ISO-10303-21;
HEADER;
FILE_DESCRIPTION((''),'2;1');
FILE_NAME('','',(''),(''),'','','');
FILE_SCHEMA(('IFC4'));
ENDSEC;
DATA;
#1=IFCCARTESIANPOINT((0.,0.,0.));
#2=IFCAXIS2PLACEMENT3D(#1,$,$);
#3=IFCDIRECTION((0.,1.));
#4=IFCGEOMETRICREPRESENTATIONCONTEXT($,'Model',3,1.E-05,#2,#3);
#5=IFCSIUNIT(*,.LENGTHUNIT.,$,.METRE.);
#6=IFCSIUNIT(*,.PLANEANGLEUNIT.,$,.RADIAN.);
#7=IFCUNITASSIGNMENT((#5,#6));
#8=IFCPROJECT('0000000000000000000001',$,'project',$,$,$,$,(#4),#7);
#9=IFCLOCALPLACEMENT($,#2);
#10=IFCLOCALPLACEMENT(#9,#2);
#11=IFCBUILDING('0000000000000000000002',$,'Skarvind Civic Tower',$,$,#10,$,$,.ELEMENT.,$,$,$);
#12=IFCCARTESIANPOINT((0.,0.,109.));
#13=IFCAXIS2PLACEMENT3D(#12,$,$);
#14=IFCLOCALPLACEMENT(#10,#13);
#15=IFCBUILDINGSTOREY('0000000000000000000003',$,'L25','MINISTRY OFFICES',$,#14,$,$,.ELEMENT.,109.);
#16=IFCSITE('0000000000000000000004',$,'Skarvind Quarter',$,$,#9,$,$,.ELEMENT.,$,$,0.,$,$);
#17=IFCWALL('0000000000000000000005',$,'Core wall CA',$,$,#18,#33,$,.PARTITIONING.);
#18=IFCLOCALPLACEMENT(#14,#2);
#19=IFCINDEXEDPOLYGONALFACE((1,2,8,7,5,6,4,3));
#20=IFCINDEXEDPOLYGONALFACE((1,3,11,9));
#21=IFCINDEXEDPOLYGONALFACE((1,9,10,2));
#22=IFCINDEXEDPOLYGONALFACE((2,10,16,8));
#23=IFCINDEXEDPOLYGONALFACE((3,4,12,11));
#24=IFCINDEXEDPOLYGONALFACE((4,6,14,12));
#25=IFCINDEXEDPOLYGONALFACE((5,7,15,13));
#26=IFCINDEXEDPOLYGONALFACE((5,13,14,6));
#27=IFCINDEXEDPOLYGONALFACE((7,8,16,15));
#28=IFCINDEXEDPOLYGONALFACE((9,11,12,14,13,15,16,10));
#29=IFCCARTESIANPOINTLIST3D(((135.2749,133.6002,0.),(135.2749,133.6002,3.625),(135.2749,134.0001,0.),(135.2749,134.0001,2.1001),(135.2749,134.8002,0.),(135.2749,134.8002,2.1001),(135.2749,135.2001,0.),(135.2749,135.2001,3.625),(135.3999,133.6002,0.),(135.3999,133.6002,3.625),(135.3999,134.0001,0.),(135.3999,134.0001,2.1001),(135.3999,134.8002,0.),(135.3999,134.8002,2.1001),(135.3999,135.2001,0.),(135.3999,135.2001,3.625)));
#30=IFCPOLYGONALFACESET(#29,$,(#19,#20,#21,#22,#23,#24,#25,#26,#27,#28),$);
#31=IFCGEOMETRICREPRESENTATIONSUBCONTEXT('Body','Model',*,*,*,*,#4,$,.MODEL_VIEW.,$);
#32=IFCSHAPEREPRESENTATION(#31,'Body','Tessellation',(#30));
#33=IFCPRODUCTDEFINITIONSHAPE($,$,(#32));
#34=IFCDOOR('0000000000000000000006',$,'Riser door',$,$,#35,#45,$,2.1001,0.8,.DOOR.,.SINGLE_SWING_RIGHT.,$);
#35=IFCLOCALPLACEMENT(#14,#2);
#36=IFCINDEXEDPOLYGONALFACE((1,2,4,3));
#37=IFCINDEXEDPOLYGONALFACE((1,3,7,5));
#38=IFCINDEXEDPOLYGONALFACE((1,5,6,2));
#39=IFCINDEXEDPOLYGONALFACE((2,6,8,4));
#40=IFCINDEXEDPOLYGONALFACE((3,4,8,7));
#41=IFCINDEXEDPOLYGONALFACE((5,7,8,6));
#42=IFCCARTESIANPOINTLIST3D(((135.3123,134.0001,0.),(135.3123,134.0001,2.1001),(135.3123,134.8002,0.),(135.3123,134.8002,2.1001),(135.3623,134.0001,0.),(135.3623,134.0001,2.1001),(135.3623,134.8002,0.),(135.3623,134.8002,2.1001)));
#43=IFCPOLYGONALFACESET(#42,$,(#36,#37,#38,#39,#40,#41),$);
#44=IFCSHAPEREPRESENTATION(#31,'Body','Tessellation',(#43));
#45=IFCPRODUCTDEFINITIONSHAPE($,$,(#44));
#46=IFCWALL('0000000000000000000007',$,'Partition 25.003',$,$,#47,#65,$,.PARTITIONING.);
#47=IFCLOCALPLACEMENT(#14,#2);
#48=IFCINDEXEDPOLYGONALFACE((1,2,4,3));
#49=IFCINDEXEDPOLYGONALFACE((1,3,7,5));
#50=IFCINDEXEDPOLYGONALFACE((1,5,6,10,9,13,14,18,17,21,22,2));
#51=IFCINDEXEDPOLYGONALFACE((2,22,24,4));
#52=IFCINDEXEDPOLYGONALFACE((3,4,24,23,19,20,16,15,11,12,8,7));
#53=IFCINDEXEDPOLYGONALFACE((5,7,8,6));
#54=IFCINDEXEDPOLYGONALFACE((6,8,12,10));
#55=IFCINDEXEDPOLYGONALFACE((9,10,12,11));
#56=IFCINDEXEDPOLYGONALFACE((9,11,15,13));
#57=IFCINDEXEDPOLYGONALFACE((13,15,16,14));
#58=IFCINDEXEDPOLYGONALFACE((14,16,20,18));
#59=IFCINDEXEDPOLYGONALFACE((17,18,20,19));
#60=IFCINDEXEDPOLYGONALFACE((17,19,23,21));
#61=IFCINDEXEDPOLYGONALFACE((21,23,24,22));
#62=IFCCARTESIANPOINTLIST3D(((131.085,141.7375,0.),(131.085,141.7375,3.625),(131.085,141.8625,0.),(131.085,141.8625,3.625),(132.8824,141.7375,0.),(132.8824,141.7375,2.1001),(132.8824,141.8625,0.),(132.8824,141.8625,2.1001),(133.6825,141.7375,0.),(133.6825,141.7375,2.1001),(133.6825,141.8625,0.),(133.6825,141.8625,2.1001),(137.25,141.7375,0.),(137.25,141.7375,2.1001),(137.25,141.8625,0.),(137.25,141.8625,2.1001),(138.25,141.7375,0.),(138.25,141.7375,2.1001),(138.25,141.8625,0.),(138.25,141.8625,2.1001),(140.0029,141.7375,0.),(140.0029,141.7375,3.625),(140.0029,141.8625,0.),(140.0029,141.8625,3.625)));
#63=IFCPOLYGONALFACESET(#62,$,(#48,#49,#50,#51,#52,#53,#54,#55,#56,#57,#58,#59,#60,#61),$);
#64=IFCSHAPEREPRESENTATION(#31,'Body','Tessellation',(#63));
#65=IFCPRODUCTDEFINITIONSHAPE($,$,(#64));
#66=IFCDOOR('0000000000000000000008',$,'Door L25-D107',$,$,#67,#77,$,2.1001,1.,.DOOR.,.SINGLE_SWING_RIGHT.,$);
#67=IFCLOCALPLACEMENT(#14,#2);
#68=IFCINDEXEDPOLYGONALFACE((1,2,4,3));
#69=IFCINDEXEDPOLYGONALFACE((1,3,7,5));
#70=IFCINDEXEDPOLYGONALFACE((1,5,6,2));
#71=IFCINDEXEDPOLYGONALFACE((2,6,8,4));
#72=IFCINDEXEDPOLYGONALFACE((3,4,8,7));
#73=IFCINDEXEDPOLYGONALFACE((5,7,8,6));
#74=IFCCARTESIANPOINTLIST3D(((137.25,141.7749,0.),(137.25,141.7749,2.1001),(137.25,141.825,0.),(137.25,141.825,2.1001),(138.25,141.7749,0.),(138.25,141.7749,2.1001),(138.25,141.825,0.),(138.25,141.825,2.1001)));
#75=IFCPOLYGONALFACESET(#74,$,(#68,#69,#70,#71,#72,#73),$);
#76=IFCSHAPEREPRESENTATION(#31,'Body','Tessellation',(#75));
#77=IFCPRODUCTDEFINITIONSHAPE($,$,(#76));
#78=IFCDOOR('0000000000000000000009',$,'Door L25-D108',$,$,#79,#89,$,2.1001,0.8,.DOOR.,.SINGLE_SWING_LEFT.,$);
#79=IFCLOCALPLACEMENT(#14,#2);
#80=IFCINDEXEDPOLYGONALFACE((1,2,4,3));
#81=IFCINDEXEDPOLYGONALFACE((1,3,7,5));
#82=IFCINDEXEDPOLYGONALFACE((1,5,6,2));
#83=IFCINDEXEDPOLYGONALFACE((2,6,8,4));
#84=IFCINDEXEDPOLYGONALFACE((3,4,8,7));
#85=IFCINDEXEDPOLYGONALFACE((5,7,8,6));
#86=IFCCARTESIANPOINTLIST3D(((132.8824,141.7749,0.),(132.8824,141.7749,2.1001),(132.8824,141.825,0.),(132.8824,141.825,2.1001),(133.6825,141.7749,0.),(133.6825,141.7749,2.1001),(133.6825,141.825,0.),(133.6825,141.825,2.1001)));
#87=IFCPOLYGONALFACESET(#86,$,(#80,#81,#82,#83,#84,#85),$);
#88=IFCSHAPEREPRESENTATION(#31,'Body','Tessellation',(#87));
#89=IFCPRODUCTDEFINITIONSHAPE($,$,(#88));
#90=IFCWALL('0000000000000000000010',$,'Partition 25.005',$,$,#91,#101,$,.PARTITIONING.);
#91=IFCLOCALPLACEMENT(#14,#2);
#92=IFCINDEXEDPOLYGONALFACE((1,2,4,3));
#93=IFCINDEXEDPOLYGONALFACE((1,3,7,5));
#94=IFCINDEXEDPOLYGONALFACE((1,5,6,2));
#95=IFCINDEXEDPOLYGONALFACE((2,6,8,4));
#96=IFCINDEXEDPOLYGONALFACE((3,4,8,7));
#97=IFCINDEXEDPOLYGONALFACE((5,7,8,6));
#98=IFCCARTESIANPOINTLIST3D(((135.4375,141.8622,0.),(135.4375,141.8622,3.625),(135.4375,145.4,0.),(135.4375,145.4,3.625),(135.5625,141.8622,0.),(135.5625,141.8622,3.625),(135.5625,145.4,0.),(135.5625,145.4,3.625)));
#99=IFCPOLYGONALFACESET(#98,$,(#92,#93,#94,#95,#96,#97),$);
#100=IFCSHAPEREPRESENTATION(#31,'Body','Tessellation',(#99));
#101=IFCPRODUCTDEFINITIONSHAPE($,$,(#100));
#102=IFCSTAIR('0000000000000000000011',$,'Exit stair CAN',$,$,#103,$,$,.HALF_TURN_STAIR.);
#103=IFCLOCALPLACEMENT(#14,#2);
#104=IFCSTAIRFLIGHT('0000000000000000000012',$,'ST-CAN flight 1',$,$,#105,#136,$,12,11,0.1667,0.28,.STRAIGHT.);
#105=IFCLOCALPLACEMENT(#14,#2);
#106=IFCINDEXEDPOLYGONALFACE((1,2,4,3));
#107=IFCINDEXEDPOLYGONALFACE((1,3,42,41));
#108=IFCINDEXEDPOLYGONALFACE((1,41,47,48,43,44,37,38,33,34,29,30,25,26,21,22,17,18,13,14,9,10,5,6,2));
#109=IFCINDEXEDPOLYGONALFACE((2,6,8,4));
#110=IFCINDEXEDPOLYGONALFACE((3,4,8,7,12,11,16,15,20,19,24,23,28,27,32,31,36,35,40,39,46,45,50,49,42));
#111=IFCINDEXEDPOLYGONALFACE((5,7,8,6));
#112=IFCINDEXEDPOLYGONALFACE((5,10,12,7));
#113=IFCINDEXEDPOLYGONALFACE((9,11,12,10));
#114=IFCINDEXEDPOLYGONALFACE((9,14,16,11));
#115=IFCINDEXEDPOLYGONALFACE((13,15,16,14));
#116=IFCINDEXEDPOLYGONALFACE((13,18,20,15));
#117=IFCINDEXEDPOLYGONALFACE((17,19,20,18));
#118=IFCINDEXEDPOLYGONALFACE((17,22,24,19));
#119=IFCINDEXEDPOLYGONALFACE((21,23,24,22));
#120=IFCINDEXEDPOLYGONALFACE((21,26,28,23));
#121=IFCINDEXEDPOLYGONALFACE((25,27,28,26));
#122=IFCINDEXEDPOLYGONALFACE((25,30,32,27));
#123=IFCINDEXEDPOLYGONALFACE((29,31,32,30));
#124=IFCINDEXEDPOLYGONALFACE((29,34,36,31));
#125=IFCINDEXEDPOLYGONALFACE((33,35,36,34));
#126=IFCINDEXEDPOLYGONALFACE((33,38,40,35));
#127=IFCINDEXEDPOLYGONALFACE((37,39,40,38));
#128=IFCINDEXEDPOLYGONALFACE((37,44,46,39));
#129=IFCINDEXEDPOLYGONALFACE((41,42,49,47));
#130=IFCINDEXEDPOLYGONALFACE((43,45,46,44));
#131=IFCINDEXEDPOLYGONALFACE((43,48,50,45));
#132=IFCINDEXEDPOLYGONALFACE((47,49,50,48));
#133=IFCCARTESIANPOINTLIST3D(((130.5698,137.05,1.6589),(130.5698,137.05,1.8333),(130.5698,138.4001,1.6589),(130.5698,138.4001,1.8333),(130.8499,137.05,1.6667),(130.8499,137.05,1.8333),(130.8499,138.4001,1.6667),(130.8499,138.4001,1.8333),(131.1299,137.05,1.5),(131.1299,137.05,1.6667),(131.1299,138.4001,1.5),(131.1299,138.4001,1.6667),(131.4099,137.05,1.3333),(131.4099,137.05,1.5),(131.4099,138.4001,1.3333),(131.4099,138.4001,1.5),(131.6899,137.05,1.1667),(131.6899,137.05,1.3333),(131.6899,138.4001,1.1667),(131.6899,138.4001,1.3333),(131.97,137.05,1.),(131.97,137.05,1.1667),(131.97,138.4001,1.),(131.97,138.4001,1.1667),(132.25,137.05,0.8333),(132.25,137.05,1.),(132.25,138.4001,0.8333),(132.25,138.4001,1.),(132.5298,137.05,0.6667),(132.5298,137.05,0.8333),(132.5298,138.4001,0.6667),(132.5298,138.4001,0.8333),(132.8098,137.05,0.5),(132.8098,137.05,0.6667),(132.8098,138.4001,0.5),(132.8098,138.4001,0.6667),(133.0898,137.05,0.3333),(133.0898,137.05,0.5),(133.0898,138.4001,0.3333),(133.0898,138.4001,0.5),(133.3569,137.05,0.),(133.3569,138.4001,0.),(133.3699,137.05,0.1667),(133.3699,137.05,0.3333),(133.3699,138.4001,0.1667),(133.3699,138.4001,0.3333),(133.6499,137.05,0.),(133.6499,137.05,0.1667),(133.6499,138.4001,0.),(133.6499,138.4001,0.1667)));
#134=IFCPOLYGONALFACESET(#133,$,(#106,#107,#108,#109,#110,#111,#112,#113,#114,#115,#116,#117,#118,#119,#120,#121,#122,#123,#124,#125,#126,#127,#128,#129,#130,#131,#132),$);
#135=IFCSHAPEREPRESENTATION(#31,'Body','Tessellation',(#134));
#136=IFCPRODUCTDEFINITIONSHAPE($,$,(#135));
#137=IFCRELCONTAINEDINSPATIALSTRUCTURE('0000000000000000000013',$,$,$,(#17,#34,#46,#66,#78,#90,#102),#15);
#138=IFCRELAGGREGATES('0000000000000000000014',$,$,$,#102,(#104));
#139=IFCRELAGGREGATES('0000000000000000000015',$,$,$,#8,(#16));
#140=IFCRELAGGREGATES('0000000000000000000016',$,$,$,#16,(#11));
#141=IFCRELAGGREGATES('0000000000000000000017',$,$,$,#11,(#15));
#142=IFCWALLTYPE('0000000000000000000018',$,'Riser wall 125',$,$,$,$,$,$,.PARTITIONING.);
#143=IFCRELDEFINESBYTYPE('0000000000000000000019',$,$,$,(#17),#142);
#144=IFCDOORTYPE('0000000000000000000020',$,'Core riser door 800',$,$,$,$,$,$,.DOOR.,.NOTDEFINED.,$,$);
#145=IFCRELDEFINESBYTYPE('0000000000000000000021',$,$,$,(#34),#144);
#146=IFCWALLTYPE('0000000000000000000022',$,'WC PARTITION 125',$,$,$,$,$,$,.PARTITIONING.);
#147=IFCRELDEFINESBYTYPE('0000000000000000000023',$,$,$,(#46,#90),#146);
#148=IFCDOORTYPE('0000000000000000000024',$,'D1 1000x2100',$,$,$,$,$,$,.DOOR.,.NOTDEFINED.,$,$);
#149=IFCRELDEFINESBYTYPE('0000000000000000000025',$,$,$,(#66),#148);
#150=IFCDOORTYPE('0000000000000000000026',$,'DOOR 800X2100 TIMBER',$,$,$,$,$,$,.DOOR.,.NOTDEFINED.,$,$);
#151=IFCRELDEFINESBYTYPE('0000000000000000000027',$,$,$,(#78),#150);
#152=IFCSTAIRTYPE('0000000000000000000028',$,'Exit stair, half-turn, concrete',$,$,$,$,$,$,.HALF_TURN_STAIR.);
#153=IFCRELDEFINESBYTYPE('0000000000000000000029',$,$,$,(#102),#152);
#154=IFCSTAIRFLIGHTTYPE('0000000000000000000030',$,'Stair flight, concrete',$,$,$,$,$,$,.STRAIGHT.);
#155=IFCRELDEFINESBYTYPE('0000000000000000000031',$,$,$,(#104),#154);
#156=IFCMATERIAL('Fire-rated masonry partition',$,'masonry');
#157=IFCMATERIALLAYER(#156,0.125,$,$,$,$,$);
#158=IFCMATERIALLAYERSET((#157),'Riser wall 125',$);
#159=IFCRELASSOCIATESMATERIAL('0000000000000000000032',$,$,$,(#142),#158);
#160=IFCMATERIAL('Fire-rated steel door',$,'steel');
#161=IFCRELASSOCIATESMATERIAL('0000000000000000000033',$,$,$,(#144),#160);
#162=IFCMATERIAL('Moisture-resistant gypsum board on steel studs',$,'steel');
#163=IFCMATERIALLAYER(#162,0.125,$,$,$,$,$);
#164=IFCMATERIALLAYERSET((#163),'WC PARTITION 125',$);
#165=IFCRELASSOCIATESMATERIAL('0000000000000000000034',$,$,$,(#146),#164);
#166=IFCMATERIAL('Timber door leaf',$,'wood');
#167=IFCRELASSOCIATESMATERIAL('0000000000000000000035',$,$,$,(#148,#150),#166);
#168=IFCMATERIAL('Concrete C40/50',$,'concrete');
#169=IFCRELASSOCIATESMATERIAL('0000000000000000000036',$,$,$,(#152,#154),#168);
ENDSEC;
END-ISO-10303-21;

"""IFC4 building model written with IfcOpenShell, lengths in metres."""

from ifc_helpers import new_model, si_unit, direction, frame, frame_2d, origin, place, context, subcontext, project, spatial, polyline, rectangle, outline, extrude, material, layer, layer_set, type_object, element, fill, aggregate, save


model = new_model("IFC4")

# Units and contexts
model_context = context("Model", 3, precision=1e-05, world=origin(), true_north=direction((0.0, 1.0)))
body_context = subcontext(model_context, "Body", "Model", "MODEL_VIEW")
ifc_project = project(units=[si_unit("LENGTHUNIT", "METRE"), si_unit("PLANEANGLEUNIT", "RADIAN")], contexts=[model_context])

# Site, building, storey
site_placement = place(None, origin())
site = spatial("IfcSite", under=ifc_project, at=site_placement, Name="Skarvind Quarter", CompositionType="ELEMENT", RefElevation=0.0)
building_placement = place(site_placement, origin())
building = spatial("IfcBuilding", under=site, at=building_placement, Name="Skarvind Civic Tower", CompositionType="ELEMENT")
storey_placement = place(building_placement, frame((0.0, 0.0, 109.0)))
storey = spatial("IfcBuildingStorey", under=building, at=storey_placement, Name="L25", Description="MINISTRY OFFICES", CompositionType="ELEMENT", Elevation=109.0)

# Shared definitions
ifc_material_1 = material(Name="Timber door leaf", Category="wood")
ifc_material_2 = material(Name="Fire-rated masonry partition", Category="masonry")
ifc_material_3 = material(Name="Fire-rated steel door", Category="steel")

# Wall, opening, door
ifc_layer_1 = layer(ifc_material_2, 0.125)
ifc_layer_set_1 = layer_set([ifc_layer_1], Name="Riser wall 125")
wall_type_1 = type_object("IfcWallType", Name="Riser wall 125", PredefinedType="PARTITIONING", material=ifc_layer_set_1)
wall_1_placement = place(storey_placement, frame((135.3374, 135.2, 0.0), z_axis=(0.0, 0.0, 1.0), x_axis=(0.0, -1.0, 0.0)))
wall_1 = element("IfcWall", 1, at=wall_1_placement, inside=storey, type_object=wall_type_1, Name="Core wall CA", PredefinedType="PARTITIONING", context=body_context, shape_type="SweptSolid", body=[
    extrude(rectangle(XDim=1.5999, YDim=0.125, at=frame_2d((0.7998, 0.0))), origin(), (0.0, 0.0, 1.0), 3.625),
])
opening_1_placement = place(wall_1_placement, frame((0.3999, 0.0, 0.0)))
opening_1 = element("IfcOpeningElement", 2, at=opening_1_placement, cuts=wall_1, PredefinedType="OPENING", context=body_context, shape_type="SweptSolid", body=[
    extrude(rectangle(XDim=0.8, YDim=2.1001, at=frame_2d((0.3999, 1.05))), frame((0.0, 0.0725, 0.0), z_axis=(0.0, -1.0, 0.0), x_axis=(1.0, 0.0, 0.0)), (0.0, 0.0, 1.0), 0.145),
])
door_type_1 = type_object("IfcDoorType", Name="Core riser door 800", OperationType="NOTDEFINED", PredefinedType="DOOR", material=ifc_material_3)
door_1_placement = place(opening_1_placement, origin())
door_1 = element("IfcDoor", 3, at=door_1_placement, inside=storey, type_object=door_type_1, Name="Riser door", OperationType="SINGLE_SWING_RIGHT", OverallHeight=2.1001, OverallWidth=0.8, PredefinedType="DOOR", context=body_context, shape_type="SweptSolid", body=[
    extrude(rectangle(XDim=0.8, YDim=2.1001, at=frame_2d((0.3999, 1.05))), frame((0.0, 0.0249, 0.0), z_axis=(0.0, -1.0, 0.0), x_axis=(1.0, 0.0, 0.0)), (0.0, 0.0, 1.0), 0.05),
])
fill(opening_1, door_1)

# Wall, openings, doors
ifc_material_4 = material(Name="Moisture-resistant gypsum board on steel studs", Category="steel")
ifc_layer_2 = layer(ifc_material_4, 0.125)
ifc_layer_set_2 = layer_set([ifc_layer_2], Name="WC PARTITION 125")
wall_type_2 = type_object("IfcWallType", Name="WC PARTITION 125", PredefinedType="PARTITIONING", material=ifc_layer_set_2)
wall_2_placement = place(storey_placement, frame((131.085, 141.8, 0.0), z_axis=(0.0, 0.0, 1.0), x_axis=(1.0, 0.0, 0.0)))
wall_2 = element("IfcWall", 4, at=wall_2_placement, inside=storey, type_object=wall_type_2, Name="Partition 25.003", PredefinedType="PARTITIONING", context=body_context, shape_type="SweptSolid", body=[
    extrude(rectangle(XDim=8.918, YDim=0.125, at=frame_2d((4.459, 0.0))), origin(), (0.0, 0.0, 1.0), 3.625),
])
opening_2_placement = place(wall_2_placement, frame((6.165, 0.0, 0.0)))
opening_2 = element("IfcOpeningElement", 5, at=opening_2_placement, cuts=wall_2, PredefinedType="OPENING", context=body_context, shape_type="SweptSolid", body=[
    extrude(rectangle(XDim=1.0, YDim=2.1001, at=frame_2d((0.5, 1.05))), frame((0.0, 0.0725, 0.0), z_axis=(0.0, -1.0, 0.0), x_axis=(1.0, 0.0, 0.0)), (0.0, 0.0, 1.0), 0.145),
])
opening_3_placement = place(wall_2_placement, frame((1.7976, 0.0, 0.0)))
opening_3 = element("IfcOpeningElement", 6, at=opening_3_placement, cuts=wall_2, PredefinedType="OPENING", context=body_context, shape_type="SweptSolid", body=[
    extrude(rectangle(XDim=0.8, YDim=2.1001, at=frame_2d((0.3999, 1.05))), frame((0.0, 0.0725, 0.0), z_axis=(0.0, -1.0, 0.0), x_axis=(1.0, 0.0, 0.0)), (0.0, 0.0, 1.0), 0.145),
])
door_type_2 = type_object("IfcDoorType", Name="D1 1000x2100", OperationType="NOTDEFINED", PredefinedType="DOOR", material=ifc_material_1)
door_2_placement = place(opening_2_placement, origin())
door_2 = element("IfcDoor", 7, at=door_2_placement, inside=storey, type_object=door_type_2, Name="Door L25-D107", OperationType="SINGLE_SWING_RIGHT", OverallHeight=2.1001, OverallWidth=1.0, PredefinedType="DOOR", context=body_context, shape_type="SweptSolid", body=[
    extrude(rectangle(XDim=1.0, YDim=2.1001, at=frame_2d((0.5, 1.05))), frame((0.0, 0.0249, 0.0), z_axis=(0.0, -1.0, 0.0), x_axis=(1.0, 0.0, 0.0)), (0.0, 0.0, 1.0), 0.05),
])
fill(opening_2, door_2)
door_type_3 = type_object("IfcDoorType", Name="DOOR 800X2100 TIMBER", OperationType="NOTDEFINED", PredefinedType="DOOR", material=ifc_material_1)
door_3_placement = place(opening_3_placement, origin())
door_3 = element("IfcDoor", 8, at=door_3_placement, inside=storey, type_object=door_type_3, Name="Door L25-D108", OperationType="SINGLE_SWING_LEFT", OverallHeight=2.1001, OverallWidth=0.8, PredefinedType="DOOR", context=body_context, shape_type="SweptSolid", body=[
    extrude(rectangle(XDim=0.8, YDim=2.1001, at=frame_2d((0.3999, 1.05))), frame((0.0, 0.0249, 0.0), z_axis=(0.0, -1.0, 0.0), x_axis=(1.0, 0.0, 0.0)), (0.0, 0.0, 1.0), 0.05),
])
fill(opening_3, door_3)

# Wall
wall_3_placement = place(storey_placement, frame((135.5, 141.8621, 0.0), z_axis=(0.0, 0.0, 1.0), x_axis=(0.0, 1.0, 0.0)))
element("IfcWall", 9, at=wall_3_placement, inside=storey, type_object=wall_type_2, Name="Partition 25.005", PredefinedType="PARTITIONING", context=body_context, shape_type="SweptSolid", body=[
    extrude(rectangle(XDim=3.5378, YDim=0.125, at=frame_2d((1.769, 0.0))), origin(), (0.0, 0.0, 1.0), 3.625),
])

# Stair, stair flight
ifc_material_5 = material(Name="Concrete C40/50", Category="concrete")
stair_type = type_object("IfcStairType", Name="Exit stair, half-turn, concrete", PredefinedType="HALF_TURN_STAIR", material=ifc_material_5)
stair_placement = place(storey_placement, origin())
stair = element("IfcStair", 10, at=stair_placement, inside=storey, type_object=stair_type, Name="Exit stair CAN", PredefinedType="HALF_TURN_STAIR")
stair_flight_type = type_object("IfcStairFlightType", Name="Stair flight, concrete", PredefinedType="STRAIGHT", material=ifc_material_5)
stair_flight_placement = place(storey_placement, frame((133.6499, 137.7251, 0.0), z_axis=(0.0, 0.0, 1.0), x_axis=(-1.0, 0.0, 0.0)))
stair_flight = element("IfcStairFlight", 11, at=stair_flight_placement, type_object=stair_flight_type, Name="ST-CAN flight 1", NumberOfRisers=12, NumberOfTreads=11, PredefinedType="STRAIGHT", RiserHeight=0.1667, TreadLength=0.28, context=body_context, shape_type="SweptSolid", body=[
    extrude(outline(polyline([(0.0, 0.0), (0.0, 0.1667), (0.28, 0.1667), (0.28, 0.3333), (0.5601, 0.3333), (0.5601, 0.5), (0.8401, 0.5), (0.8401, 0.6667), (1.1201, 0.6667), (1.1201, 0.8333), (1.3999, 0.8333), (1.3999, 1.0), (1.6799, 1.0), (1.6799, 1.1667), (1.96, 1.1667), (1.96, 1.3333), (2.24, 1.3333), (2.24, 1.5), (2.52, 1.5), (2.52, 1.6667), (2.8, 1.6667), (2.8, 1.8333), (3.0801, 1.8333), (3.0801, 2.0), (3.0801, 1.6589), (0.293, 0.0), (0.0, 0.0)])), frame((0.0, 0.675, 0.0), z_axis=(0.0, -1.0, 0.0), x_axis=(1.0, 0.0, 0.0)), (0.0, 0.0, 1.0), 1.3501),
])
aggregate(stair, [stair_flight])

save(model, "model.ifc")
